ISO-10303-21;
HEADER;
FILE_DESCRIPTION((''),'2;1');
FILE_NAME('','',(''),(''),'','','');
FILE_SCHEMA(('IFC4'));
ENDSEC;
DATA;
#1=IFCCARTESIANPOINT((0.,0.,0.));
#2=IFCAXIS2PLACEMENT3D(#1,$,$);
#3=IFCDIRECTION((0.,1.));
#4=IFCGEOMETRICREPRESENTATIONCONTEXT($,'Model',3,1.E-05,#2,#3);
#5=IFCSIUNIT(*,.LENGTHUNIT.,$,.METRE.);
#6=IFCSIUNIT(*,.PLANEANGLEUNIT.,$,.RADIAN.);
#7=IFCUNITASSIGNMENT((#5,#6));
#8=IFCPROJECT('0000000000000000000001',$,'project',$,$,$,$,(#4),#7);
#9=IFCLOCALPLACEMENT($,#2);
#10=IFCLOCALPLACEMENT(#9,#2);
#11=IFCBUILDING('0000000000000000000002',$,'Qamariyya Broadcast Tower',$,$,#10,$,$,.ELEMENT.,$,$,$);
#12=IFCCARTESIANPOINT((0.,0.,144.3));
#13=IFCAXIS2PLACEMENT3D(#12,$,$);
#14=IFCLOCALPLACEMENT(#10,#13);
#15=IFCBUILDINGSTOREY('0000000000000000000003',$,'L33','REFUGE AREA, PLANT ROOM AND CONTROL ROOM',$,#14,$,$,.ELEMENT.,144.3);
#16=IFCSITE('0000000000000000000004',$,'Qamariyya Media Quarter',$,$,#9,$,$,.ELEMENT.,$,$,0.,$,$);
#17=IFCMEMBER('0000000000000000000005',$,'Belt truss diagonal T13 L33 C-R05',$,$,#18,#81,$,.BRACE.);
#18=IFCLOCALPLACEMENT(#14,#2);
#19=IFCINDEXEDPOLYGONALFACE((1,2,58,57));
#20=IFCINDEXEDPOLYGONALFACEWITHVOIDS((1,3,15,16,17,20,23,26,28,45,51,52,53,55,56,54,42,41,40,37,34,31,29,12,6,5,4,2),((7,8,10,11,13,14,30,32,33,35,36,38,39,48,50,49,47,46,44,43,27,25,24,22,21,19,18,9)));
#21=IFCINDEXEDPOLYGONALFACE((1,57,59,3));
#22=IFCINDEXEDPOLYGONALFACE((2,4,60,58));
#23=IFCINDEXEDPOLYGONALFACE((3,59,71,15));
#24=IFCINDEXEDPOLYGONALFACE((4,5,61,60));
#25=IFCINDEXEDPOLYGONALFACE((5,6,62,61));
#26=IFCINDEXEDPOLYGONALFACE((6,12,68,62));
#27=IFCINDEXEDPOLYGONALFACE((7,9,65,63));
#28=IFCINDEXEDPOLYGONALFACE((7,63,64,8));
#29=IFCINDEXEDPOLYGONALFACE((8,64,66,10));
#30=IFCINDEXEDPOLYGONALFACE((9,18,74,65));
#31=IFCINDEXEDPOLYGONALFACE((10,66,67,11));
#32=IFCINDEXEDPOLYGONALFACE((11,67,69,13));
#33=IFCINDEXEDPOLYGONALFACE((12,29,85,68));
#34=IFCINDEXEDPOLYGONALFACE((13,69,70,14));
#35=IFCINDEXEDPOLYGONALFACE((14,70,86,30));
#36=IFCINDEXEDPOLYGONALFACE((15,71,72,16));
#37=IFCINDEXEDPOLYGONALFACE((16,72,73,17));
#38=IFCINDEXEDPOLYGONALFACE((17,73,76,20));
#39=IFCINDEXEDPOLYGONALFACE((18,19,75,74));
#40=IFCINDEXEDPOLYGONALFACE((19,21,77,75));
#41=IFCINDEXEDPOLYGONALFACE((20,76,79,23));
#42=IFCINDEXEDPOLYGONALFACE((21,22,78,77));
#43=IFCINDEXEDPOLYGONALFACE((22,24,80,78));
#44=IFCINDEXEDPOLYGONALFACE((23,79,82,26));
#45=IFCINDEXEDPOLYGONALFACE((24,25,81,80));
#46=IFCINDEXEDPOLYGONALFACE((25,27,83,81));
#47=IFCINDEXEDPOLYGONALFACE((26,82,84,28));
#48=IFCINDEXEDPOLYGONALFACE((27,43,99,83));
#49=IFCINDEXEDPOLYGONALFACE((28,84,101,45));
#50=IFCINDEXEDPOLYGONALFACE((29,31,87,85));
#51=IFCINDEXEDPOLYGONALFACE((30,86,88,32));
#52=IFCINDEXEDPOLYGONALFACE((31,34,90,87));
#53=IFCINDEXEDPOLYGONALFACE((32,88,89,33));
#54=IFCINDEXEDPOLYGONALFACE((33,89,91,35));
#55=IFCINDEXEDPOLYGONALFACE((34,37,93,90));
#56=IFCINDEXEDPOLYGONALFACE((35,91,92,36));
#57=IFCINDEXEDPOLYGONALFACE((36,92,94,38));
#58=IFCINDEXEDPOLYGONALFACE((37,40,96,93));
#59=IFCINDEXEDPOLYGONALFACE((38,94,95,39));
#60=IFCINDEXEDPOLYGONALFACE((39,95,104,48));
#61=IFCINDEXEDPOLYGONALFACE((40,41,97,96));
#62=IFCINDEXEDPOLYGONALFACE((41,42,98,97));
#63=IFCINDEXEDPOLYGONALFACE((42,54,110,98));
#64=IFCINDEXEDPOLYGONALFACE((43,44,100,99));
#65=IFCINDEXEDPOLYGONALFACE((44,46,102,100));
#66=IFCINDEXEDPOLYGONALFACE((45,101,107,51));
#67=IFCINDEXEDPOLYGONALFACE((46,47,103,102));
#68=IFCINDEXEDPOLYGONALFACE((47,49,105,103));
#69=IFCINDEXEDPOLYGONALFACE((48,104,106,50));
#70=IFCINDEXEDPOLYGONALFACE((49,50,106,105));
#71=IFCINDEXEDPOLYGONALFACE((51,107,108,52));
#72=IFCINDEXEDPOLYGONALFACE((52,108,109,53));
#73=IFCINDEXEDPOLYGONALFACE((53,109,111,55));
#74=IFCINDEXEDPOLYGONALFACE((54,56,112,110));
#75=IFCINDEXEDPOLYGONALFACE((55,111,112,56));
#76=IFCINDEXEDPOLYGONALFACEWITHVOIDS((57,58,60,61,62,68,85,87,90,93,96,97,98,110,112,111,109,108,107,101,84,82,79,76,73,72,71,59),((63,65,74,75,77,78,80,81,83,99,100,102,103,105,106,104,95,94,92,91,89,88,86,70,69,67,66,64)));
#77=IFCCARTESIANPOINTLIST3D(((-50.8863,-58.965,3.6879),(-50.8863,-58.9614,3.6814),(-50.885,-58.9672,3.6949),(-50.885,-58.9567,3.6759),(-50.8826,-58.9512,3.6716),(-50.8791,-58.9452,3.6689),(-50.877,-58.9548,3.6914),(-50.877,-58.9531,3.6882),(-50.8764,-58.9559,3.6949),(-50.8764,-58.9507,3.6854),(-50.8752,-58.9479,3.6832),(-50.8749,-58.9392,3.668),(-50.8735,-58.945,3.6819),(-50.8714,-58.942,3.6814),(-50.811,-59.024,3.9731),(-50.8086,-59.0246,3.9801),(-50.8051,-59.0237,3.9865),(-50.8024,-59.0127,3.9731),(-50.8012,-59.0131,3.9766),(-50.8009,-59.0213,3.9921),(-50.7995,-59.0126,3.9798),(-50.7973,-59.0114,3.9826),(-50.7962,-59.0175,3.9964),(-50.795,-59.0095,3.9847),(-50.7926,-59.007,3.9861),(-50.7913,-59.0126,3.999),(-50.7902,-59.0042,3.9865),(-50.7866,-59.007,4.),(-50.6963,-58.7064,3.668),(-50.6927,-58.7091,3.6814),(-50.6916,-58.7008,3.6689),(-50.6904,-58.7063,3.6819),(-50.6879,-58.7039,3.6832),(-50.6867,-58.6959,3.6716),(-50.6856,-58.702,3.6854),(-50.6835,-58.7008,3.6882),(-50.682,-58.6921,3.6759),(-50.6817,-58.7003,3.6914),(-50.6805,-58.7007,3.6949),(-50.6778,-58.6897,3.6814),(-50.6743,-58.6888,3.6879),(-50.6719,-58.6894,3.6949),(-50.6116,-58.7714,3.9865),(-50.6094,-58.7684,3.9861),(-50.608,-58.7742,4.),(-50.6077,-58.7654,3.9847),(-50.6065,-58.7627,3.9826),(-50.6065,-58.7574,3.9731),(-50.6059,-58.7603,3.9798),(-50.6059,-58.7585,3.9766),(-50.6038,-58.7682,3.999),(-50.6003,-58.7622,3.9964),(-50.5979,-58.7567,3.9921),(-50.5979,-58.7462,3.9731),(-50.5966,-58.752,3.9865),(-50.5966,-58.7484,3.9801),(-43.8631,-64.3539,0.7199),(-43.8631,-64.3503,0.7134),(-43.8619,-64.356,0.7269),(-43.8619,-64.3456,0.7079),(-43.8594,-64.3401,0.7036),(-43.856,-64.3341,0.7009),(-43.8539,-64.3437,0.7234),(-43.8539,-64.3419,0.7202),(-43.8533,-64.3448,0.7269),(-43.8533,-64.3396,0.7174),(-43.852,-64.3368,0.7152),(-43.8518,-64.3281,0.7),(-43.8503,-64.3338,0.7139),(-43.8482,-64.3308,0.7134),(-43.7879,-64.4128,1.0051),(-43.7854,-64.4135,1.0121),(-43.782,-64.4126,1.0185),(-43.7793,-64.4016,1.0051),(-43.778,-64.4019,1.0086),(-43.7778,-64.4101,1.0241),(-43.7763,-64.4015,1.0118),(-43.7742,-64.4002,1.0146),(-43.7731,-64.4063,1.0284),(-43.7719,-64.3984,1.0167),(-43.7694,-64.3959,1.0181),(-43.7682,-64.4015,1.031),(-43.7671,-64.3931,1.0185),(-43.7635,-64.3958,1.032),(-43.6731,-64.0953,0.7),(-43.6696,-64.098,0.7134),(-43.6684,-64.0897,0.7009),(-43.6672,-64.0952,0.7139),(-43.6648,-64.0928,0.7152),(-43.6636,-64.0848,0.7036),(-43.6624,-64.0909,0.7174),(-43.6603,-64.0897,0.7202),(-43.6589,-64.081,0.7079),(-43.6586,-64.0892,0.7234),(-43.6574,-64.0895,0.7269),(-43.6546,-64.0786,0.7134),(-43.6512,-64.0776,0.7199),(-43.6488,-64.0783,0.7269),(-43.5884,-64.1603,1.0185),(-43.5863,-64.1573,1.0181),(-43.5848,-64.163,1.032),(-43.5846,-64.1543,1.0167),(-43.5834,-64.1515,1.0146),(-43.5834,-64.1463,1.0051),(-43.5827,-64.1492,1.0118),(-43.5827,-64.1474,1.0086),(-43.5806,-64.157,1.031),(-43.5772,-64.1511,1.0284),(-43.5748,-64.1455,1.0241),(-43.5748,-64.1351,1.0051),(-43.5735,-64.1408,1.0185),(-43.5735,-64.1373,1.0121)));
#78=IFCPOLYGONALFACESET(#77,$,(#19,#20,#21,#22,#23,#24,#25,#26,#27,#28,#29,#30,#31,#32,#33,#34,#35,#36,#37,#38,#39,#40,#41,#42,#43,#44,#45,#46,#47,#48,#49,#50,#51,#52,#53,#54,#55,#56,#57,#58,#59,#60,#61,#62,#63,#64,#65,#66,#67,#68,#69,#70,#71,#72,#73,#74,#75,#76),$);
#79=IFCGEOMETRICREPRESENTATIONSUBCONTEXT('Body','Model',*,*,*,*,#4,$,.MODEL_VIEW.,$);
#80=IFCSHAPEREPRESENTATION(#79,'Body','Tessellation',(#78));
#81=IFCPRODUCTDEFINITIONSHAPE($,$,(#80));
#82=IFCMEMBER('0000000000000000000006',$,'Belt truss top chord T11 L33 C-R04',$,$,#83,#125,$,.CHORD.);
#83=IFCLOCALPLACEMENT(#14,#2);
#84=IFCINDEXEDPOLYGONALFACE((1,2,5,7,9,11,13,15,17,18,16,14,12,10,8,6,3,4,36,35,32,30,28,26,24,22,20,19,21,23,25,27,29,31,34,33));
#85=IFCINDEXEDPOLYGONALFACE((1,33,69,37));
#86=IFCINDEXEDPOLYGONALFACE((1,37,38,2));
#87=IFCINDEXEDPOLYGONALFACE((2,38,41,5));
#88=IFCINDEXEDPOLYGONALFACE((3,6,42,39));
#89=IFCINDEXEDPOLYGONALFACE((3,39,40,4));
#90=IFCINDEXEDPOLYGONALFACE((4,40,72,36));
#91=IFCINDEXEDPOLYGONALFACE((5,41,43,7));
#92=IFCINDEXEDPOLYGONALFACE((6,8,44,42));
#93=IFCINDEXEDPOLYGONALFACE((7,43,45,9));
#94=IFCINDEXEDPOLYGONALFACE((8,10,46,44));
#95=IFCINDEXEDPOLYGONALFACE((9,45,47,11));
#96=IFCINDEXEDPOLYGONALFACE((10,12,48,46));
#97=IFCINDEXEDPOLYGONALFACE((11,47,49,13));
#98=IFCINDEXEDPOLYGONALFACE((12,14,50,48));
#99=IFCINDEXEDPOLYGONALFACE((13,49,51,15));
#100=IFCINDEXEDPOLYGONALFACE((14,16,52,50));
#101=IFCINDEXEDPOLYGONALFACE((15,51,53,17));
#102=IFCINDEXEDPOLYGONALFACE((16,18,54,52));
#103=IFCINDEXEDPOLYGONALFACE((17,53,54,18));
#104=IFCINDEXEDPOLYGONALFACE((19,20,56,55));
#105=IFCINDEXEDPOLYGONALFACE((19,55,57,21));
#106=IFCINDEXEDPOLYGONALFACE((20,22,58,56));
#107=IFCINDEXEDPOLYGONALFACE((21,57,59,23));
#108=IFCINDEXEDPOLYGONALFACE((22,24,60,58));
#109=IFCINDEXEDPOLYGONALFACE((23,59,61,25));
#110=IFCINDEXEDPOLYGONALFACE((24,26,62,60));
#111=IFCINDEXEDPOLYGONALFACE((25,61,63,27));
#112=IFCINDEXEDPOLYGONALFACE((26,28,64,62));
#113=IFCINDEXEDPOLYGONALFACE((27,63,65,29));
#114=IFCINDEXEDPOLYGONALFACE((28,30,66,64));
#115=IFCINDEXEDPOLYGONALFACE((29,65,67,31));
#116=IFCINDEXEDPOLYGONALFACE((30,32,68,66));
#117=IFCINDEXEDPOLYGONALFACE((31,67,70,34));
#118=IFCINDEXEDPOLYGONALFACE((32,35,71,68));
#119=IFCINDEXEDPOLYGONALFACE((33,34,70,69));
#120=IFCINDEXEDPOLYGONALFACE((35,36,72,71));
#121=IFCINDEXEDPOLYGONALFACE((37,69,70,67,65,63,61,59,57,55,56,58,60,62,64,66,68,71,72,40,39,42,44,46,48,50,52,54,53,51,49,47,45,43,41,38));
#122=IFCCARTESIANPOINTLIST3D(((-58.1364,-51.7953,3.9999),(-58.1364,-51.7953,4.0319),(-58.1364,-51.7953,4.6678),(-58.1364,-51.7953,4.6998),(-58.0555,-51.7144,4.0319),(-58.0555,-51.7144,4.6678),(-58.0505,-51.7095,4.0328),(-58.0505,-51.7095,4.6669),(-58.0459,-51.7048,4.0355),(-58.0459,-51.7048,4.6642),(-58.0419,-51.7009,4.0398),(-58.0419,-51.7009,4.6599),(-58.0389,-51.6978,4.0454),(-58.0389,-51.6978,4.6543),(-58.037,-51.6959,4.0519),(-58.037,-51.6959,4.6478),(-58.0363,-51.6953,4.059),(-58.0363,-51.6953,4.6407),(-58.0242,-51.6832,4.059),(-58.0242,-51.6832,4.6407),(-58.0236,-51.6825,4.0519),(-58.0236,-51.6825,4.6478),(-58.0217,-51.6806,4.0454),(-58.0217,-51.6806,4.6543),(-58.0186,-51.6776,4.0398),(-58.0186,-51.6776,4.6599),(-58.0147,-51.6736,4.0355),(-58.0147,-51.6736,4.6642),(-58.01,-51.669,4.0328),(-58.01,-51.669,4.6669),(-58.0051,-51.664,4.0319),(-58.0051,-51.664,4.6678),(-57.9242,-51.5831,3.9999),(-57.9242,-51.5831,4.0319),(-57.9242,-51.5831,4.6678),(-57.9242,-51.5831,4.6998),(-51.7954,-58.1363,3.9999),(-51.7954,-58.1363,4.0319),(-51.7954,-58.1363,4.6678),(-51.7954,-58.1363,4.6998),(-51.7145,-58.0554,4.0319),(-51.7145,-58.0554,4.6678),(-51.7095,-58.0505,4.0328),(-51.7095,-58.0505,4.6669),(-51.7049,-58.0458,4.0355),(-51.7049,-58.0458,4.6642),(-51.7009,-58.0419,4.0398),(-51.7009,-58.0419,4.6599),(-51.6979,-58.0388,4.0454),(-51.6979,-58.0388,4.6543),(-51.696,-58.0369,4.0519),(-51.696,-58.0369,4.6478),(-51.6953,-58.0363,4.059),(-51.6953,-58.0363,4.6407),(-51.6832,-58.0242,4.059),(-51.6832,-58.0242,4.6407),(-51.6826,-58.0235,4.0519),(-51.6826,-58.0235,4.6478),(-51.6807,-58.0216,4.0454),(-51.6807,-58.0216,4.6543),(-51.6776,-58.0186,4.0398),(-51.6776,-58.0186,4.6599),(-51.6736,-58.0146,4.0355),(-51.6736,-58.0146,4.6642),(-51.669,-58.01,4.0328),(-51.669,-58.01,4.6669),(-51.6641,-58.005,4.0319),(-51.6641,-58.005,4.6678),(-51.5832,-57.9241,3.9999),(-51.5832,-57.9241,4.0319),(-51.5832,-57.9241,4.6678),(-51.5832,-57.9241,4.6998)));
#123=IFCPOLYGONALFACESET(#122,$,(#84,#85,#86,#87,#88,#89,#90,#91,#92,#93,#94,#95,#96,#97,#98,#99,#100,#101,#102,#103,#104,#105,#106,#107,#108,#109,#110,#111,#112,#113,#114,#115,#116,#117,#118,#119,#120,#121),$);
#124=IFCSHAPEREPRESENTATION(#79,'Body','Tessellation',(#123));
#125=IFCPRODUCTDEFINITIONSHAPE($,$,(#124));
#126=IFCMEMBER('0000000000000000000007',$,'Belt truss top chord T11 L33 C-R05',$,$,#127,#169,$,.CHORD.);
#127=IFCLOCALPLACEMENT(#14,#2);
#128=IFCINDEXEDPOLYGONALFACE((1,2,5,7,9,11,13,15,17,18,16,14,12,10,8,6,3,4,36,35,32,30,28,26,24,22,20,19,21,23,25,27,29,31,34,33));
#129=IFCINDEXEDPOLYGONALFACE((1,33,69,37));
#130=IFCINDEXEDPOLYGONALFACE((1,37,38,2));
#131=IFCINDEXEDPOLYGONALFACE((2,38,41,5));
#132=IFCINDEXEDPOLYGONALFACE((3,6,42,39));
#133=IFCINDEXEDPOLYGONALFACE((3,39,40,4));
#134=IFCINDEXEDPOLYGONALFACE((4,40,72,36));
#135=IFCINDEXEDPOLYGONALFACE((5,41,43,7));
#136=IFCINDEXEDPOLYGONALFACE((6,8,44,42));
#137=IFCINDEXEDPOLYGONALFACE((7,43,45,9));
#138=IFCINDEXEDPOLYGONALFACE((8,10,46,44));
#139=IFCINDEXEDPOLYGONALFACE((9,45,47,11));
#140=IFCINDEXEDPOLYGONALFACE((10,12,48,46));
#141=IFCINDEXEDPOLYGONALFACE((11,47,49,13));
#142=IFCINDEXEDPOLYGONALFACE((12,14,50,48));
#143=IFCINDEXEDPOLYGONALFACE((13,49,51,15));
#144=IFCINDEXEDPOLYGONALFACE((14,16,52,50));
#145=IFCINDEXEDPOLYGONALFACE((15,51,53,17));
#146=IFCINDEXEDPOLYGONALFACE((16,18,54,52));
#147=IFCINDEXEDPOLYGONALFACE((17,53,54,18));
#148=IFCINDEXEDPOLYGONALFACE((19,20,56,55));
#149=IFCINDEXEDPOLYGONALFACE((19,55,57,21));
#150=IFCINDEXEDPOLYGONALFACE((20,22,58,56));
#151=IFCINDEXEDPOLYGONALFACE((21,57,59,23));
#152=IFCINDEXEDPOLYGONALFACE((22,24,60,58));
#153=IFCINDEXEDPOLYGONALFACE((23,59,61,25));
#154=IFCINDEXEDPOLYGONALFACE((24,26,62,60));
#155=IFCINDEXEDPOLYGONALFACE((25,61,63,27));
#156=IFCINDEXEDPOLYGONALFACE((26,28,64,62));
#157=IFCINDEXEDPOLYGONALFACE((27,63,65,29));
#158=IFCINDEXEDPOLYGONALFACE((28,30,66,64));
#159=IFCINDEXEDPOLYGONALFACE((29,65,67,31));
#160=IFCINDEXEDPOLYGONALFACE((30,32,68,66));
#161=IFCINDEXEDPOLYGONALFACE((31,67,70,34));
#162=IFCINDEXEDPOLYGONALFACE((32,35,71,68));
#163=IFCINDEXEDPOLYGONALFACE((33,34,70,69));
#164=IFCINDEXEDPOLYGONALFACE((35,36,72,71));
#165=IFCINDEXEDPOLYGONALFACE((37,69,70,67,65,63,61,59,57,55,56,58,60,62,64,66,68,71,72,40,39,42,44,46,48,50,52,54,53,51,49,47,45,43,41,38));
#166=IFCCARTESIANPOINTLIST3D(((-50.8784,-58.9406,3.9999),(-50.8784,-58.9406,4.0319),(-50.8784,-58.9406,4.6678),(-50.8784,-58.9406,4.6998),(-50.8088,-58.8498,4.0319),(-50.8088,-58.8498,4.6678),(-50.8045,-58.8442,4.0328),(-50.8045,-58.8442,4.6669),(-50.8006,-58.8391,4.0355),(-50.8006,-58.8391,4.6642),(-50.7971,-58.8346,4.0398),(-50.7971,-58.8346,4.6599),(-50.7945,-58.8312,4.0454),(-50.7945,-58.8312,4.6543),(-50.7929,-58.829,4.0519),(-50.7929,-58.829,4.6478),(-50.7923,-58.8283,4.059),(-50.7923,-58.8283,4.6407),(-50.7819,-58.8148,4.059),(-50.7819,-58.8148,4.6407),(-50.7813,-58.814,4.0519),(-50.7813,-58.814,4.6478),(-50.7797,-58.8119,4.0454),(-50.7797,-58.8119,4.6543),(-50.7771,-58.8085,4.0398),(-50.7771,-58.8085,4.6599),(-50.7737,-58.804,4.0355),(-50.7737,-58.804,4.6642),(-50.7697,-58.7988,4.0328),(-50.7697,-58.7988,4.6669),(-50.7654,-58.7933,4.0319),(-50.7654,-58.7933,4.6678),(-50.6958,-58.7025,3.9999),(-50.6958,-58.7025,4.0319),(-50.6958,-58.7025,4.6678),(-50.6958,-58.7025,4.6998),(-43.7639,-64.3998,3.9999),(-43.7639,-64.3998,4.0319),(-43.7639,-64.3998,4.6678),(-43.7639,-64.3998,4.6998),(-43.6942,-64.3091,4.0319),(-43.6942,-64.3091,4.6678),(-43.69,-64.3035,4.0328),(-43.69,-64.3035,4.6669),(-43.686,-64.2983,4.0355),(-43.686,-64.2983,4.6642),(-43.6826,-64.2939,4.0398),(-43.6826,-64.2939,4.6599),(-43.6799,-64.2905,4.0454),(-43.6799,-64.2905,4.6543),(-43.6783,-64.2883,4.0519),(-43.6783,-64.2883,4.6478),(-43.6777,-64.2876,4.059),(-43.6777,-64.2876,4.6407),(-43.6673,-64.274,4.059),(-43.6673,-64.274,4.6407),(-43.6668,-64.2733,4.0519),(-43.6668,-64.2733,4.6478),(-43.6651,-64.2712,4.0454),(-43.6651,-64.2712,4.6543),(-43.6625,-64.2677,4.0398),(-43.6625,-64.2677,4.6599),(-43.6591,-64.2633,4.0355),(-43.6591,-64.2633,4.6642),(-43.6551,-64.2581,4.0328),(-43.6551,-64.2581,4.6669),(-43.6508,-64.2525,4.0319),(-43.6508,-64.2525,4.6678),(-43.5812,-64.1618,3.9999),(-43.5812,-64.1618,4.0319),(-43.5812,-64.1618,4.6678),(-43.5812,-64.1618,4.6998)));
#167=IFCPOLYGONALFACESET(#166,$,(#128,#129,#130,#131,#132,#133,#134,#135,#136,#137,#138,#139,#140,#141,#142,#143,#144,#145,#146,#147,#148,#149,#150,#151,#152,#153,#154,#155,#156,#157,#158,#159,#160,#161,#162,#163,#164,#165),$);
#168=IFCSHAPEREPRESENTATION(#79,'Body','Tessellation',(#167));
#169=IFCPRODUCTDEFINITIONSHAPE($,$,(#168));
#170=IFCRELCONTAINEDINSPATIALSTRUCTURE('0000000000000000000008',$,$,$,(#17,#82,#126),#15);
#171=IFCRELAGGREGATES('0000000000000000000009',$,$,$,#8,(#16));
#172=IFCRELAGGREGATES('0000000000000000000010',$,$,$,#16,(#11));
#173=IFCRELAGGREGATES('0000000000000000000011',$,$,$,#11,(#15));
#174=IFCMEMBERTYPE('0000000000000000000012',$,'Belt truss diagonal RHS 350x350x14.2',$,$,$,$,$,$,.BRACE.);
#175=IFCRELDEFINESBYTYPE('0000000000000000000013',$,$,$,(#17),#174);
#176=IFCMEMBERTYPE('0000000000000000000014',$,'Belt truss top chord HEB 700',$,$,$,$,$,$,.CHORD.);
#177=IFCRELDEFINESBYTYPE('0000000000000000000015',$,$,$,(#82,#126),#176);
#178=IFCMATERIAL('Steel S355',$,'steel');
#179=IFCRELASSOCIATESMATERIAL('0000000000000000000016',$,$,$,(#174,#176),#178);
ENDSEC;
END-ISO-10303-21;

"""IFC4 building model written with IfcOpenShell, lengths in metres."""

from ifc_helpers import new_model, si_unit, direction, frame, origin, origin_2d, place, context, subcontext, project, spatial, hollow_rectangle, i_section, extrude, material, material_profile, profile_set, type_object, element, save


model = new_model("IFC4")

# Units and contexts
model_context = context("Model", 3, precision=1e-05, world=origin(), true_north=direction((0.0, 1.0)))
body_context = subcontext(model_context, "Body", "Model", "MODEL_VIEW")
ifc_project = project(units=[si_unit("LENGTHUNIT", "METRE"), si_unit("PLANEANGLEUNIT", "RADIAN")], contexts=[model_context])

# Site, building, storey
site_placement = place(None, origin())
site = spatial("IfcSite", under=ifc_project, at=site_placement, Name="Qamariyya Media Quarter", CompositionType="ELEMENT", RefElevation=0.0)
building_placement = place(site_placement, origin())
building = spatial("IfcBuilding", under=site, at=building_placement, Name="Qamariyya Broadcast Tower", CompositionType="ELEMENT")
storey_placement = place(building_placement, frame((0.0, 0.0, 144.3)))
storey = spatial("IfcBuildingStorey", under=building, at=storey_placement, Name="L33", Description="REFUGE AREA, PLANT ROOM AND CONTROL ROOM", CompositionType="ELEMENT", Elevation=144.3)

# Members
ifc_material_1 = material(Name="Steel S355", Category="steel")
ifc_material_profile_1 = material_profile(ifc_material_1, hollow_rectangle(XDim=0.3501, YDim=0.3501, WallThickness=0.0142, InnerFilletRadius=0.0142, OuterFilletRadius=0.0283, at=origin_2d()))
ifc_profile_set_1 = profile_set([ifc_material_profile_1], Name="Steel S355")
member_type_1 = type_object("IfcMemberType", Name="Belt truss diagonal RHS 350x350x14.2", PredefinedType="BRACE", material=ifc_profile_set_1)
for number, where, z_axis, x_axis, name in (
    (1, (-50.7415, -58.8567, 3.834), (0.75221, -0.577173, -0.317886), (0.608749, 0.793363, 0.0), "Belt truss diagonal T13 L33 C-R05"),
):
    element("IfcMember", number, at=place(storey_placement, frame(where, z_axis=z_axis, x_axis=x_axis)), inside=storey, type_object=member_type_1, Name=name, PredefinedType="BRACE", context=body_context, shape_type="SweptSolid", body=[
        extrude(hollow_rectangle(XDim=0.3501, YDim=0.3501, WallThickness=0.0142, InnerFilletRadius=0.0142, OuterFilletRadius=0.0283, at=origin_2d()), origin(), (0.0, 0.0, 1.0), 9.3367),
    ])
ifc_material_profile_2 = material_profile(ifc_material_1, i_section(OverallWidth=0.3, OverallDepth=0.7, WebThickness=0.0171, FlangeThickness=0.032, FilletRadius=0.0271, at=origin_2d()))
ifc_profile_set_2 = profile_set([ifc_material_profile_2], Name="Steel S355")
member_type_2 = type_object("IfcMemberType", Name="Belt truss top chord HEB 700", PredefinedType="CHORD", material=ifc_profile_set_2)
member_1_placement = place(storey_placement, frame((-58.0303, -51.6892, 4.3499), z_axis=(0.707107, -0.707107, 0.0), x_axis=(0.707107, 0.707107, 0.0)))
element("IfcMember", 2, at=member_1_placement, inside=storey, type_object=member_type_2, Name="Belt truss top chord T11 L33 C-R04", PredefinedType="CHORD", context=body_context, shape_type="SweptSolid", body=[
    extrude(i_section(OverallWidth=0.3, OverallDepth=0.7, WebThickness=0.0171, FlangeThickness=0.032, FilletRadius=0.0271, at=origin_2d()), origin(), (0.0, 0.0, 1.0), 8.9675),
])
member_2_placement = place(storey_placement, frame((-50.7871, -58.8215, 4.3499), z_axis=(0.793349, -0.608767, 0.0), x_axis=(0.608767, 0.793349, 0.0)))
element("IfcMember", 3, at=member_2_placement, inside=storey, type_object=member_type_2, Name="Belt truss top chord T11 L33 C-R05", PredefinedType="CHORD", context=body_context, shape_type="SweptSolid", body=[
    extrude(i_section(OverallWidth=0.3, OverallDepth=0.7, WebThickness=0.0171, FlangeThickness=0.032, FilletRadius=0.0271, at=origin_2d()), origin(), (0.0, 0.0, 1.0), 8.9678),
])

save(model, "model.ifc")
